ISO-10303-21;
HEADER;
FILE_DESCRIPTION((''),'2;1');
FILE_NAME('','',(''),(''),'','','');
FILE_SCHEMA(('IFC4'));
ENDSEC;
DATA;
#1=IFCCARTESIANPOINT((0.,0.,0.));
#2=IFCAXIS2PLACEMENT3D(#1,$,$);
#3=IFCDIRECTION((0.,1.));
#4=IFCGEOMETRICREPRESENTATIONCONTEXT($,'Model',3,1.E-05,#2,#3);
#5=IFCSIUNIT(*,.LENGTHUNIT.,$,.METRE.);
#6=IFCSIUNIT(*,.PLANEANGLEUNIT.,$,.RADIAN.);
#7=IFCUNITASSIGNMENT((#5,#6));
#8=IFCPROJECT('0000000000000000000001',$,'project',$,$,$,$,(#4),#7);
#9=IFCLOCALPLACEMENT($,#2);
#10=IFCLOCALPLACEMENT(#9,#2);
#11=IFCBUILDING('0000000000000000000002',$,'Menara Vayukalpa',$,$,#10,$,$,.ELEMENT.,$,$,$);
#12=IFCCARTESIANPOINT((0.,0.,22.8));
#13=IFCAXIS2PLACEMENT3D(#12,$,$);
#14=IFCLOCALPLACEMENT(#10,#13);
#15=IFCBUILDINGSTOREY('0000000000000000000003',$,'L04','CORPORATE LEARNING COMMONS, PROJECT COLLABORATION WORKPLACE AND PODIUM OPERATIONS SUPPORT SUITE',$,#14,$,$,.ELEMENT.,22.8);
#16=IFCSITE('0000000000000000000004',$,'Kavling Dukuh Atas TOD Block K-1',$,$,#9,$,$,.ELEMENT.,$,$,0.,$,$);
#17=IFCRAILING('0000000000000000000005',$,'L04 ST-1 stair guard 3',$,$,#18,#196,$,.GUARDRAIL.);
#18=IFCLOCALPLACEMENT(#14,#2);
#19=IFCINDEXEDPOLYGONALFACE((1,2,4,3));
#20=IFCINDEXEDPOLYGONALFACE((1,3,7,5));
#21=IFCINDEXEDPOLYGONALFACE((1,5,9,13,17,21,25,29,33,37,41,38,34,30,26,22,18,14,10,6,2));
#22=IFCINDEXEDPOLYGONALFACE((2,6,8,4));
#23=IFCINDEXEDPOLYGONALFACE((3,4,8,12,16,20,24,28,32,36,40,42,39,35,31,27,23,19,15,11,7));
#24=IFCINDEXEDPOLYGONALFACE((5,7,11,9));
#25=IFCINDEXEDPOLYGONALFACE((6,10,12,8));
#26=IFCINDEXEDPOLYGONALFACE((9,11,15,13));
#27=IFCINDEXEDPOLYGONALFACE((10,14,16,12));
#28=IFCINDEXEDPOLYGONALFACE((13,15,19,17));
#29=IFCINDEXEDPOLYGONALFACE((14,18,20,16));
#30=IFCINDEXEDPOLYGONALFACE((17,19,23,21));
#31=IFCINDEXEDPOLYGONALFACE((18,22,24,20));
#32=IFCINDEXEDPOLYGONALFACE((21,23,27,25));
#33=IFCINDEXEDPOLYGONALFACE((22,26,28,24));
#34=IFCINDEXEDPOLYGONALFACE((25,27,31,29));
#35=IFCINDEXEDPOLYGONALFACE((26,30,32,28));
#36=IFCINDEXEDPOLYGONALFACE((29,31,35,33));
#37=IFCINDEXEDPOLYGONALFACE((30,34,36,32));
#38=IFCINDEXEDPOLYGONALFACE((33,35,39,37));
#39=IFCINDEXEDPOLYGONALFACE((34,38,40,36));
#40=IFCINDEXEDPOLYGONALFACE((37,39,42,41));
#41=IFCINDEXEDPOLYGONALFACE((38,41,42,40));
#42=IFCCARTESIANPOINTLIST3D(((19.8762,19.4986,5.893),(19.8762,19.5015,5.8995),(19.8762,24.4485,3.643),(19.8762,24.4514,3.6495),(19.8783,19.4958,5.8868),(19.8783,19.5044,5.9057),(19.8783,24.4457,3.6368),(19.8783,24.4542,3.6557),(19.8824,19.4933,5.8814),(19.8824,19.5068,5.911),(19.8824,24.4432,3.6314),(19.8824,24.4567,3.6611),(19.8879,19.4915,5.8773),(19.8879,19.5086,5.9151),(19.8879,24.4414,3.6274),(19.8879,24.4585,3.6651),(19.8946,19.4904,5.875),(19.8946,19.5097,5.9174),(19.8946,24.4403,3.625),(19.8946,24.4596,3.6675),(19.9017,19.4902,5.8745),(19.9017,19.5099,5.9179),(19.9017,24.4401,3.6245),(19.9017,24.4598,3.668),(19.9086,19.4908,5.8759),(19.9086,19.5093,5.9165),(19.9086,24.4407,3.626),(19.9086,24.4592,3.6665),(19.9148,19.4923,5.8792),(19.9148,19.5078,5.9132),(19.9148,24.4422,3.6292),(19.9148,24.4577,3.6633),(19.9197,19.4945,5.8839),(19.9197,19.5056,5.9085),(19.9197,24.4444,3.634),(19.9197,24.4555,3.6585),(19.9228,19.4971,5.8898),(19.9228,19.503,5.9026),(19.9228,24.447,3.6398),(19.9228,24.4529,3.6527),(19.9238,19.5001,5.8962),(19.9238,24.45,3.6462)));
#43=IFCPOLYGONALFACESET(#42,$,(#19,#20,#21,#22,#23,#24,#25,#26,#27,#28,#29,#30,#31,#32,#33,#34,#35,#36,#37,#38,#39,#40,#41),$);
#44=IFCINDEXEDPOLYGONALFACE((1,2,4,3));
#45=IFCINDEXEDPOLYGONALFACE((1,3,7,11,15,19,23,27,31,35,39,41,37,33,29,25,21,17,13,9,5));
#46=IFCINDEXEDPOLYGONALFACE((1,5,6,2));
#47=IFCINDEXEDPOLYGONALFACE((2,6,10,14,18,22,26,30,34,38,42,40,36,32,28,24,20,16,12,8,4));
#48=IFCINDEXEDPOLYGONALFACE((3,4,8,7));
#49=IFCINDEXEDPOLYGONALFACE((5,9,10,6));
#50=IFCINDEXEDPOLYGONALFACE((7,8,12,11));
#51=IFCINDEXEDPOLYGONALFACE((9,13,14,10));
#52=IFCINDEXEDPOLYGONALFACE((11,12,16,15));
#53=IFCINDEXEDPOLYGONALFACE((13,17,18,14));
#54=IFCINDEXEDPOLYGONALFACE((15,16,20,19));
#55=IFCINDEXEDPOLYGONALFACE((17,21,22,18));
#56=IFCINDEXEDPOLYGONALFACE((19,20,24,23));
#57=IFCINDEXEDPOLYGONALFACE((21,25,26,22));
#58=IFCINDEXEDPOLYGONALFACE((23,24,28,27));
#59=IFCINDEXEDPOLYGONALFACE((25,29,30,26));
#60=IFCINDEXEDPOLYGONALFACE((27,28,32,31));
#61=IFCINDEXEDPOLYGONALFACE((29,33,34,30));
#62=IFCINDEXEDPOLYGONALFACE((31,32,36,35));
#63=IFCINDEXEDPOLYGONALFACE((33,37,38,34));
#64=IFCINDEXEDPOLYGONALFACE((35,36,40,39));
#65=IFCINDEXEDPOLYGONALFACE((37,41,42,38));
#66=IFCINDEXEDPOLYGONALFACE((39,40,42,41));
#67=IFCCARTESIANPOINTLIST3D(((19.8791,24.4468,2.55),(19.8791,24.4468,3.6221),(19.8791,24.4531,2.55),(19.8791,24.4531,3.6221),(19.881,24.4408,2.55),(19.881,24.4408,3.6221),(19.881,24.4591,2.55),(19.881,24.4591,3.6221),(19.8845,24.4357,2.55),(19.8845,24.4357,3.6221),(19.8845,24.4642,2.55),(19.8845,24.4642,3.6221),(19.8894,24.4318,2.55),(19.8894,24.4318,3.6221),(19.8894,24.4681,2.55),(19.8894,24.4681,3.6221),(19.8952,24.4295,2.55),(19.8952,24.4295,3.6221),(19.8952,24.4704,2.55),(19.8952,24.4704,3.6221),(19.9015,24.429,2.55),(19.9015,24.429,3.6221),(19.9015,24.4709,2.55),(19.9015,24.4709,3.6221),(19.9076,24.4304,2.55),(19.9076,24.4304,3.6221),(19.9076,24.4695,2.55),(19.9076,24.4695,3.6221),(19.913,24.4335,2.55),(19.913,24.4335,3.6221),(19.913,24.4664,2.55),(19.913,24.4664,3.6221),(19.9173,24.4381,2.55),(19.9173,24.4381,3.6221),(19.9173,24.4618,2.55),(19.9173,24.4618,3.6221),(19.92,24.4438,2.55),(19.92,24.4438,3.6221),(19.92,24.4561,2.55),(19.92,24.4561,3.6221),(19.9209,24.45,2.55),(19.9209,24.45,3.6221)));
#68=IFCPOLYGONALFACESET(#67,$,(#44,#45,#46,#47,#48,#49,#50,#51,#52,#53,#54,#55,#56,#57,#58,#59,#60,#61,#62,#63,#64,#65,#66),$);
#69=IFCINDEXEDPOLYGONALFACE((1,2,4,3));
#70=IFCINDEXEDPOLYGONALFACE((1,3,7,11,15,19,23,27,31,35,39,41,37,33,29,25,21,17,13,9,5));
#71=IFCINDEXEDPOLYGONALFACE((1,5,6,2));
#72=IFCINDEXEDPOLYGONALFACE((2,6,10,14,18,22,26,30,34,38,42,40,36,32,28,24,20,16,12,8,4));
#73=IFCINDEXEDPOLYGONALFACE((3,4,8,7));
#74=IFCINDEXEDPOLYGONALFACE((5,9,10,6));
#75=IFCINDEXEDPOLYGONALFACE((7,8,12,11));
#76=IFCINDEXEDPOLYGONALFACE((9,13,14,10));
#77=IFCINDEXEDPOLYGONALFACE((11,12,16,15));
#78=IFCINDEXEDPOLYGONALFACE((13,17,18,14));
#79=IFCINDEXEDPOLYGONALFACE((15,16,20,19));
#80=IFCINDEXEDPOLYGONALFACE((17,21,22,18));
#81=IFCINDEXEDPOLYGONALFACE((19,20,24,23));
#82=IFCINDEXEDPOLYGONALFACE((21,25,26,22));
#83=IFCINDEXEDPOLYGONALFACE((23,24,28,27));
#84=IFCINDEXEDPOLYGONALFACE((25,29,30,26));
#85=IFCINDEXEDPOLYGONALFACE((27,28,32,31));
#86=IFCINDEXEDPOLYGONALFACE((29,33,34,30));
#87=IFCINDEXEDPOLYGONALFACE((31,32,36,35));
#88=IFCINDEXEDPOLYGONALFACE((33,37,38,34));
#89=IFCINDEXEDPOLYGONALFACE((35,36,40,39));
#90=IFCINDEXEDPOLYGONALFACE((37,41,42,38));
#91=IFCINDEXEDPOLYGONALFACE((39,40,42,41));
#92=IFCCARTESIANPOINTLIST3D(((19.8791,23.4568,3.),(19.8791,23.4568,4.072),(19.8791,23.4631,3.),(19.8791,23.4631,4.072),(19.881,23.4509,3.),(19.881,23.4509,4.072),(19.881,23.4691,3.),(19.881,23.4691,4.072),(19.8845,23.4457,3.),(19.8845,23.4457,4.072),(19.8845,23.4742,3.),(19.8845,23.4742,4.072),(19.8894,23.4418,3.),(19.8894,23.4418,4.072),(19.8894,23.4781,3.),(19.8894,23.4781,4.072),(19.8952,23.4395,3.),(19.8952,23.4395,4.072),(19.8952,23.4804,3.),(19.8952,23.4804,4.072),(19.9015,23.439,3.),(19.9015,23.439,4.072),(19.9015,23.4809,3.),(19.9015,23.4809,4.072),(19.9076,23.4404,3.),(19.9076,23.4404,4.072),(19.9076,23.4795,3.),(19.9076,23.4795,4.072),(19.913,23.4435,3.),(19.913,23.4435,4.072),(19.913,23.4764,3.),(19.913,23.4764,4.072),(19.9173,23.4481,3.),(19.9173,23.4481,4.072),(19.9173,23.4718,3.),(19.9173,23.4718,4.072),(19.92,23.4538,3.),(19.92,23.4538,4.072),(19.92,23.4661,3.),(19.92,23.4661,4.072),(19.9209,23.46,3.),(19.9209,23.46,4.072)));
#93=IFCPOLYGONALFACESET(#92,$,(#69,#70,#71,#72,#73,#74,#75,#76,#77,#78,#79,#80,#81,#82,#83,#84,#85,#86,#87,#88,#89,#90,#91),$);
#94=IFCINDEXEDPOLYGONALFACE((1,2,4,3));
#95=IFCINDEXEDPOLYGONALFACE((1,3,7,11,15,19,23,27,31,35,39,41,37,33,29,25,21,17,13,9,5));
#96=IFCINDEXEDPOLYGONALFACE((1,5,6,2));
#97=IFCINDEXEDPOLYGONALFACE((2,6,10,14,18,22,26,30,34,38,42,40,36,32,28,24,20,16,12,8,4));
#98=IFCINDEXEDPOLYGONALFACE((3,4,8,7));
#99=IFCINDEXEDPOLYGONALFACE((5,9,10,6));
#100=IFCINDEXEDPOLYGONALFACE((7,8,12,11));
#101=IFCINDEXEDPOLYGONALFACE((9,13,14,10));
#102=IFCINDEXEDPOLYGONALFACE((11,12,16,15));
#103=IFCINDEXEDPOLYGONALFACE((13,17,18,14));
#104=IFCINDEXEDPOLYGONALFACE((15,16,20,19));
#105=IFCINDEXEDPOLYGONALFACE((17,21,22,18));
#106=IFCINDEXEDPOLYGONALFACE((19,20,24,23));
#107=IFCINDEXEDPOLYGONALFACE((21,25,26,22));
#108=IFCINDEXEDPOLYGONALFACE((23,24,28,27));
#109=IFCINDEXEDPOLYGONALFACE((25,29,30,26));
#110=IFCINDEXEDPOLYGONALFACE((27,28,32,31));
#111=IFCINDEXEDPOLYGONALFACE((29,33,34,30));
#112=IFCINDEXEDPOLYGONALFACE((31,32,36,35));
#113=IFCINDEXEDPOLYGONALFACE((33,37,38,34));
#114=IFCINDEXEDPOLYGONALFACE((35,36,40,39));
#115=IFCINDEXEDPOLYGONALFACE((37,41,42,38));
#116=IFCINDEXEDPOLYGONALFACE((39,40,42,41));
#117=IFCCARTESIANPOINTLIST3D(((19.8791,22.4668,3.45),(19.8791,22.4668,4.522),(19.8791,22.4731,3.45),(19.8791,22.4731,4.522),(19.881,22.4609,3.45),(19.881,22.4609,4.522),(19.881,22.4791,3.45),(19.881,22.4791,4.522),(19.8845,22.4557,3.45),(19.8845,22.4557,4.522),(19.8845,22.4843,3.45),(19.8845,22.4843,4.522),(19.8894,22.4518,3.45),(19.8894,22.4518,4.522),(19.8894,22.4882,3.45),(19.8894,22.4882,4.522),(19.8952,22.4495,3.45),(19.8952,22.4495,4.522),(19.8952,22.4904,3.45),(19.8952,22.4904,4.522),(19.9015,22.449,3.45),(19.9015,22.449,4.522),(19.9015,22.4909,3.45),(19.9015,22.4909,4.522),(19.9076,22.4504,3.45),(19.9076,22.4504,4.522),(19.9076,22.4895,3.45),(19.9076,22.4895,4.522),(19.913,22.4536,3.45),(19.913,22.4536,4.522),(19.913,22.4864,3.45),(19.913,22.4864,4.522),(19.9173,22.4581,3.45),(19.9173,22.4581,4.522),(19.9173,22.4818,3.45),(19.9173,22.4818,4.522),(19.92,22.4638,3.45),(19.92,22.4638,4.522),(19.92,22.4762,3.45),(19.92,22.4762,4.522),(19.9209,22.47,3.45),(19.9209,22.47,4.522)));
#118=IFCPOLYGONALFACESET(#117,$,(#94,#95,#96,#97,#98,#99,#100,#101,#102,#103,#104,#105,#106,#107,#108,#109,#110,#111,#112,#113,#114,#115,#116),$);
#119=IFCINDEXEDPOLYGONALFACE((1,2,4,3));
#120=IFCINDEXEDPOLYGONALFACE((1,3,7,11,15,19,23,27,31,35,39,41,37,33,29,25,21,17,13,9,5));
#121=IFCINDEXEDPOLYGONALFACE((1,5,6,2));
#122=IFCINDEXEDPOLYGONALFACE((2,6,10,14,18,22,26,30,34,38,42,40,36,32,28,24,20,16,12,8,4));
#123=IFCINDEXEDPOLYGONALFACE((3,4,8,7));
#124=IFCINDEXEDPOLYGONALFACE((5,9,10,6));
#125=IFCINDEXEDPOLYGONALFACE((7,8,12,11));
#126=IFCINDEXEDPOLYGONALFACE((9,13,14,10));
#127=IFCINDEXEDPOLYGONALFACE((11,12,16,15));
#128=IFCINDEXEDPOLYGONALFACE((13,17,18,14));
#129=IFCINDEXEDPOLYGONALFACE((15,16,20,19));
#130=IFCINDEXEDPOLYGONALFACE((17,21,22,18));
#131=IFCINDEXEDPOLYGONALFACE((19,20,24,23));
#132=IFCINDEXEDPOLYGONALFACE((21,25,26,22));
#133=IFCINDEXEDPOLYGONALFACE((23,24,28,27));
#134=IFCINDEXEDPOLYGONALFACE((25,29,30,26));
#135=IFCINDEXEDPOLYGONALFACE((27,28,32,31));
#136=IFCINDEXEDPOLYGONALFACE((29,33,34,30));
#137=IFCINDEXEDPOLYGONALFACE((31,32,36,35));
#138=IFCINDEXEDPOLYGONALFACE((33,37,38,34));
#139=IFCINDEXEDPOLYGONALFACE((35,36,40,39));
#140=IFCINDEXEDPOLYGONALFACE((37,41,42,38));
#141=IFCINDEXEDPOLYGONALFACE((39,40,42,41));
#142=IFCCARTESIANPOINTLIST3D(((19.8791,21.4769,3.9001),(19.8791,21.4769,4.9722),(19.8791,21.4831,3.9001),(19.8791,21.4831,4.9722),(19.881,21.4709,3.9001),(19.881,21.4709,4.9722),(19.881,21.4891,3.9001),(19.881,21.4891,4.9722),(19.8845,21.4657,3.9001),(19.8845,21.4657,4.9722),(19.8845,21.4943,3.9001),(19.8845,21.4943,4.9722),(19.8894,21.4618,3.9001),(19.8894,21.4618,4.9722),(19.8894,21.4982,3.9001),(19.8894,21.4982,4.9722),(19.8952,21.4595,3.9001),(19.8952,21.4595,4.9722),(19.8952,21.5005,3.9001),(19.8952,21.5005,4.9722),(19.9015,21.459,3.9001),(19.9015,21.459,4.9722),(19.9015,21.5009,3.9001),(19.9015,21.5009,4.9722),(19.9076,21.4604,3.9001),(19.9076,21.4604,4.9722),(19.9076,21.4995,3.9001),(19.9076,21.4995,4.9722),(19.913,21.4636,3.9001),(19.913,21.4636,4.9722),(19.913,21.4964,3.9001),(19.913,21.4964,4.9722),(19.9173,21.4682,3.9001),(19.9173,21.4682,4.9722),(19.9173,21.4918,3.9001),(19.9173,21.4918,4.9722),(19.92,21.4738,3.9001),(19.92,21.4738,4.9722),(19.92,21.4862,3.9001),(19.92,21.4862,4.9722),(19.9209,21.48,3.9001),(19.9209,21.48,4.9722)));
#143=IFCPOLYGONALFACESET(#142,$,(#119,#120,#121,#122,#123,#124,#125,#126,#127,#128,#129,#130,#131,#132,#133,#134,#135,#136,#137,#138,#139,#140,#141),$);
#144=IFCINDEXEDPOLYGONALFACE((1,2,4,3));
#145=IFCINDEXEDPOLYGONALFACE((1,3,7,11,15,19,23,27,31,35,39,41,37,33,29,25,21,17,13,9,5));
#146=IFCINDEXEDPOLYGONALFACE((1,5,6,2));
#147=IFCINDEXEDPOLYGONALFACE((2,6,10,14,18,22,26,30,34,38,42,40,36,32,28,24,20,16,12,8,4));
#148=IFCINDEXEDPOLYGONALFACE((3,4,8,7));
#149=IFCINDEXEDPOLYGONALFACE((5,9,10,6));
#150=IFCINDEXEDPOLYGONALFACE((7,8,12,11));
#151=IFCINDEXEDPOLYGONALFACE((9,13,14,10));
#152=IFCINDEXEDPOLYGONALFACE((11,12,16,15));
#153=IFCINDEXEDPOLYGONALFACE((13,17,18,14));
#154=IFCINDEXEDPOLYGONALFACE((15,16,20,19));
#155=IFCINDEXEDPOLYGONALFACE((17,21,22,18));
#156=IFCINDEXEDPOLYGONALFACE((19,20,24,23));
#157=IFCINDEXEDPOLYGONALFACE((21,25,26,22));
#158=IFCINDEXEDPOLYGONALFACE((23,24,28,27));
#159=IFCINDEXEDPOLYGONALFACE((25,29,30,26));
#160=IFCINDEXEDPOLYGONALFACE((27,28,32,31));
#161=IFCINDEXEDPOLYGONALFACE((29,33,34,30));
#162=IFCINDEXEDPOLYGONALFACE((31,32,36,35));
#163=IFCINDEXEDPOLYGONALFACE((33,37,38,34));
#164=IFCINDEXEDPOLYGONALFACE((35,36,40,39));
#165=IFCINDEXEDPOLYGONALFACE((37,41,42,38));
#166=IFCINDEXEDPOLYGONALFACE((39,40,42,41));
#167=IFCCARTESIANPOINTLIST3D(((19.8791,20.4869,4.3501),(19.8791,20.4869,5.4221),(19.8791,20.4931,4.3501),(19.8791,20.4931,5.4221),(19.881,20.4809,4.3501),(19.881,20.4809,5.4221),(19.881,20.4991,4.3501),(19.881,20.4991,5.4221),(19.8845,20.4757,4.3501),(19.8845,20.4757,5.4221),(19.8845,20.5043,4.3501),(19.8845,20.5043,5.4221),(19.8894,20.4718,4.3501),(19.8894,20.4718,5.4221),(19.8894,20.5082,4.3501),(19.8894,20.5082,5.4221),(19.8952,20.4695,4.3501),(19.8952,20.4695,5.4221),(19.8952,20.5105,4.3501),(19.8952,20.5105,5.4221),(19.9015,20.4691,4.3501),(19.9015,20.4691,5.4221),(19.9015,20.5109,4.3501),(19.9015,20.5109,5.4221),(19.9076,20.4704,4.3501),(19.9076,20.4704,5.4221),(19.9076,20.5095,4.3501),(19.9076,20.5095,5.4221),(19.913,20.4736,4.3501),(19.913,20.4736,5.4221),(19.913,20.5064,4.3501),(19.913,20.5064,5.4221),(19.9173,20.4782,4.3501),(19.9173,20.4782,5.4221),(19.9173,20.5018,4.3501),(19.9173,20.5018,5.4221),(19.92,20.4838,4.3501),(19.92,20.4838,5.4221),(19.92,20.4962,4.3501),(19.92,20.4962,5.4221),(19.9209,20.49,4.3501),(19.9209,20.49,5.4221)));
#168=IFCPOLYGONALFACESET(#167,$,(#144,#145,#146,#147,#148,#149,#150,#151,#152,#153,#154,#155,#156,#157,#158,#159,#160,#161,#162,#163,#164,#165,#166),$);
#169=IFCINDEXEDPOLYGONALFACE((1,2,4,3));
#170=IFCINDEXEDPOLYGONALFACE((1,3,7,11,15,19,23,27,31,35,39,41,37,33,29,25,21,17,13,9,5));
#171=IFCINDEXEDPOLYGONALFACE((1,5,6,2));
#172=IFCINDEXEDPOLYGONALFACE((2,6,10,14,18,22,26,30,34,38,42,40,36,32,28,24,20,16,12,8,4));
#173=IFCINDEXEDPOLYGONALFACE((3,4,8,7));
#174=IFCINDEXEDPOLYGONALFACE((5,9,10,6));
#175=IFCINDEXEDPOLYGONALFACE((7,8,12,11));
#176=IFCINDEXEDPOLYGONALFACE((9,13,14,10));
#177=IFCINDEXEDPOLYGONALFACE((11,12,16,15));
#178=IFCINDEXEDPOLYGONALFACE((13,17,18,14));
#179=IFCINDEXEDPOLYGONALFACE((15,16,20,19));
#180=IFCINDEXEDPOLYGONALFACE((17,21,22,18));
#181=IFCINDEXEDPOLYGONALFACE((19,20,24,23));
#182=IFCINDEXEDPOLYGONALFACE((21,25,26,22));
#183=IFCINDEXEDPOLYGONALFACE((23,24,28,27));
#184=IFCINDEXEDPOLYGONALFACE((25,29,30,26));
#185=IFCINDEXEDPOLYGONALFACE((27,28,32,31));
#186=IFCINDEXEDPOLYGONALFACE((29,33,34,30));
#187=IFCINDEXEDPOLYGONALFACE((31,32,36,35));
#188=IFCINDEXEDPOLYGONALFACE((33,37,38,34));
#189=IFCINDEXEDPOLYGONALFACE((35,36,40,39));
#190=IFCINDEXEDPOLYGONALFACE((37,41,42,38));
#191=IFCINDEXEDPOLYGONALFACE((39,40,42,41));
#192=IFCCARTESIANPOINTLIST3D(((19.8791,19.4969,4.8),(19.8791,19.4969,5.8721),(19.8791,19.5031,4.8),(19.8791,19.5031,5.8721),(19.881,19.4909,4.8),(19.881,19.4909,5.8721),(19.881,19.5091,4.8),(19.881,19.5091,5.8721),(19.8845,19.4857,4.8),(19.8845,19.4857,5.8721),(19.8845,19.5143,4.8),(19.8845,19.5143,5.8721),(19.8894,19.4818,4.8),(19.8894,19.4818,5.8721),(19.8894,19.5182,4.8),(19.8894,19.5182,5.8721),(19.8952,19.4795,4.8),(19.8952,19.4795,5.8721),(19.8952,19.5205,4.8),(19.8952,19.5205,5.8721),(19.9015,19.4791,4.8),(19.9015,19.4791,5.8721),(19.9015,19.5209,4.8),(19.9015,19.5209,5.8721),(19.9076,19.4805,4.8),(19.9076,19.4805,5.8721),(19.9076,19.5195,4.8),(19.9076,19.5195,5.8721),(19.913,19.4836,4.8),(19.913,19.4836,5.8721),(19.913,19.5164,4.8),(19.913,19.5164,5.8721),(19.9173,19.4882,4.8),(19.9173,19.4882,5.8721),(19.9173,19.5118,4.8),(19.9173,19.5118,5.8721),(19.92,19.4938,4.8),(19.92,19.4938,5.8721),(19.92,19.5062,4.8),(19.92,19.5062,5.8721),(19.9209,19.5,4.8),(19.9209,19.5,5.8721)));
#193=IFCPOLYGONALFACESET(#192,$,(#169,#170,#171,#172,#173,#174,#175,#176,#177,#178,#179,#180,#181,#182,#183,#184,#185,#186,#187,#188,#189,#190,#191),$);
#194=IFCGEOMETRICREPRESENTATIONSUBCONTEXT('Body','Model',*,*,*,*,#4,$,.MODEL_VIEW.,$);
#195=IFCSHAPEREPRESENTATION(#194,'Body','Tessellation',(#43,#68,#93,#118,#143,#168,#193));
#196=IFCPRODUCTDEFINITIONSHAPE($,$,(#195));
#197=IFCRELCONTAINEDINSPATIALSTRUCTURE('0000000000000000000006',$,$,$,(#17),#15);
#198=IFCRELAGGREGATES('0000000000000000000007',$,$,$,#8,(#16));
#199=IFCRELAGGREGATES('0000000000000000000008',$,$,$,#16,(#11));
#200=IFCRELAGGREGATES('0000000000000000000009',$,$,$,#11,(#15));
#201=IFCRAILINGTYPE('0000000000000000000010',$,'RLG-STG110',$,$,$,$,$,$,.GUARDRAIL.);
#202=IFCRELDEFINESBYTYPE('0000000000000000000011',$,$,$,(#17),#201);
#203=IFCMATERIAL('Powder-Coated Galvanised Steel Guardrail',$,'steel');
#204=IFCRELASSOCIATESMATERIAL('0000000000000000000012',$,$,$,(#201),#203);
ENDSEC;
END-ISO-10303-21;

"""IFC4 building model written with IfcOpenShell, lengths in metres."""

from ifc_helpers import new_model, si_unit, direction, frame, origin, origin_2d, place, context, subcontext, project, spatial, circle, extrude, material, type_object, element, save


model = new_model("IFC4")

# Units and contexts
model_context = context("Model", 3, precision=1e-05, world=origin(), true_north=direction((0.0, 1.0)))
body_context = subcontext(model_context, "Body", "Model", "MODEL_VIEW")
ifc_project = project(units=[si_unit("LENGTHUNIT", "METRE"), si_unit("PLANEANGLEUNIT", "RADIAN")], contexts=[model_context])

# Site, building, storey
site_placement = place(None, origin())
site = spatial("IfcSite", under=ifc_project, at=site_placement, Name="Kavling Dukuh Atas TOD Block K-1", CompositionType="ELEMENT", RefElevation=0.0)
building_placement = place(site_placement, origin())
building = spatial("IfcBuilding", under=site, at=building_placement, Name="Menara Vayukalpa", CompositionType="ELEMENT")
storey_placement = place(building_placement, frame((0.0, 0.0, 22.8)))
storey = spatial("IfcBuildingStorey", under=building, at=storey_placement, Name="L04", Description="CORPORATE LEARNING COMMONS, PROJECT COLLABORATION WORKPLACE AND PODIUM OPERATIONS SUPPORT SUITE", CompositionType="ELEMENT", Elevation=22.8)

# Railing
ifc_material_1 = material(Name="Powder-Coated Galvanised Steel Guardrail", Category="steel")
railing_type_1 = type_object("IfcRailingType", Name="RLG-STG110", PredefinedType="GUARDRAIL", material=ifc_material_1)
railing_1_placement = place(storey_placement, frame((19.8999, 24.45, 2.55)))
element("IfcRailing", 1, at=railing_1_placement, inside=storey, type_object=railing_type_1, Name="L04 ST-1 stair guard 3", PredefinedType="GUARDRAIL", context=body_context, shape_type="SweptSolid", body=[
    extrude(circle(Radius=0.0239, at=origin_2d()), frame((0.0, 0.0, 1.0962), z_axis=(0.0, -0.910365, 0.413806), x_axis=(1.0, 0.0, 0.0)), (0.0, 0.0, 1.0), 5.4373),
    extrude(circle(Radius=0.021, at=origin_2d()), origin(), (0.0, 0.0, 1.0), 1.072),
    extrude(circle(Radius=0.021, at=origin_2d()), frame((0.0, -0.99, 0.45)), (0.0, 0.0, 1.0), 1.072),
    extrude(circle(Radius=0.021, at=origin_2d()), frame((0.0, -1.98, 0.8999)), (0.0, 0.0, 1.0), 1.072),
    extrude(circle(Radius=0.021, at=origin_2d()), frame((0.0, -2.97, 1.3501)), (0.0, 0.0, 1.0), 1.072),
    extrude(circle(Radius=0.021, at=origin_2d()), frame((0.0, -3.96, 1.8)), (0.0, 0.0, 1.0), 1.072),
    extrude(circle(Radius=0.021, at=origin_2d()), frame((0.0, -4.95, 2.25)), (0.0, 0.0, 1.0), 1.072),
])

save(model, "model.ifc")
